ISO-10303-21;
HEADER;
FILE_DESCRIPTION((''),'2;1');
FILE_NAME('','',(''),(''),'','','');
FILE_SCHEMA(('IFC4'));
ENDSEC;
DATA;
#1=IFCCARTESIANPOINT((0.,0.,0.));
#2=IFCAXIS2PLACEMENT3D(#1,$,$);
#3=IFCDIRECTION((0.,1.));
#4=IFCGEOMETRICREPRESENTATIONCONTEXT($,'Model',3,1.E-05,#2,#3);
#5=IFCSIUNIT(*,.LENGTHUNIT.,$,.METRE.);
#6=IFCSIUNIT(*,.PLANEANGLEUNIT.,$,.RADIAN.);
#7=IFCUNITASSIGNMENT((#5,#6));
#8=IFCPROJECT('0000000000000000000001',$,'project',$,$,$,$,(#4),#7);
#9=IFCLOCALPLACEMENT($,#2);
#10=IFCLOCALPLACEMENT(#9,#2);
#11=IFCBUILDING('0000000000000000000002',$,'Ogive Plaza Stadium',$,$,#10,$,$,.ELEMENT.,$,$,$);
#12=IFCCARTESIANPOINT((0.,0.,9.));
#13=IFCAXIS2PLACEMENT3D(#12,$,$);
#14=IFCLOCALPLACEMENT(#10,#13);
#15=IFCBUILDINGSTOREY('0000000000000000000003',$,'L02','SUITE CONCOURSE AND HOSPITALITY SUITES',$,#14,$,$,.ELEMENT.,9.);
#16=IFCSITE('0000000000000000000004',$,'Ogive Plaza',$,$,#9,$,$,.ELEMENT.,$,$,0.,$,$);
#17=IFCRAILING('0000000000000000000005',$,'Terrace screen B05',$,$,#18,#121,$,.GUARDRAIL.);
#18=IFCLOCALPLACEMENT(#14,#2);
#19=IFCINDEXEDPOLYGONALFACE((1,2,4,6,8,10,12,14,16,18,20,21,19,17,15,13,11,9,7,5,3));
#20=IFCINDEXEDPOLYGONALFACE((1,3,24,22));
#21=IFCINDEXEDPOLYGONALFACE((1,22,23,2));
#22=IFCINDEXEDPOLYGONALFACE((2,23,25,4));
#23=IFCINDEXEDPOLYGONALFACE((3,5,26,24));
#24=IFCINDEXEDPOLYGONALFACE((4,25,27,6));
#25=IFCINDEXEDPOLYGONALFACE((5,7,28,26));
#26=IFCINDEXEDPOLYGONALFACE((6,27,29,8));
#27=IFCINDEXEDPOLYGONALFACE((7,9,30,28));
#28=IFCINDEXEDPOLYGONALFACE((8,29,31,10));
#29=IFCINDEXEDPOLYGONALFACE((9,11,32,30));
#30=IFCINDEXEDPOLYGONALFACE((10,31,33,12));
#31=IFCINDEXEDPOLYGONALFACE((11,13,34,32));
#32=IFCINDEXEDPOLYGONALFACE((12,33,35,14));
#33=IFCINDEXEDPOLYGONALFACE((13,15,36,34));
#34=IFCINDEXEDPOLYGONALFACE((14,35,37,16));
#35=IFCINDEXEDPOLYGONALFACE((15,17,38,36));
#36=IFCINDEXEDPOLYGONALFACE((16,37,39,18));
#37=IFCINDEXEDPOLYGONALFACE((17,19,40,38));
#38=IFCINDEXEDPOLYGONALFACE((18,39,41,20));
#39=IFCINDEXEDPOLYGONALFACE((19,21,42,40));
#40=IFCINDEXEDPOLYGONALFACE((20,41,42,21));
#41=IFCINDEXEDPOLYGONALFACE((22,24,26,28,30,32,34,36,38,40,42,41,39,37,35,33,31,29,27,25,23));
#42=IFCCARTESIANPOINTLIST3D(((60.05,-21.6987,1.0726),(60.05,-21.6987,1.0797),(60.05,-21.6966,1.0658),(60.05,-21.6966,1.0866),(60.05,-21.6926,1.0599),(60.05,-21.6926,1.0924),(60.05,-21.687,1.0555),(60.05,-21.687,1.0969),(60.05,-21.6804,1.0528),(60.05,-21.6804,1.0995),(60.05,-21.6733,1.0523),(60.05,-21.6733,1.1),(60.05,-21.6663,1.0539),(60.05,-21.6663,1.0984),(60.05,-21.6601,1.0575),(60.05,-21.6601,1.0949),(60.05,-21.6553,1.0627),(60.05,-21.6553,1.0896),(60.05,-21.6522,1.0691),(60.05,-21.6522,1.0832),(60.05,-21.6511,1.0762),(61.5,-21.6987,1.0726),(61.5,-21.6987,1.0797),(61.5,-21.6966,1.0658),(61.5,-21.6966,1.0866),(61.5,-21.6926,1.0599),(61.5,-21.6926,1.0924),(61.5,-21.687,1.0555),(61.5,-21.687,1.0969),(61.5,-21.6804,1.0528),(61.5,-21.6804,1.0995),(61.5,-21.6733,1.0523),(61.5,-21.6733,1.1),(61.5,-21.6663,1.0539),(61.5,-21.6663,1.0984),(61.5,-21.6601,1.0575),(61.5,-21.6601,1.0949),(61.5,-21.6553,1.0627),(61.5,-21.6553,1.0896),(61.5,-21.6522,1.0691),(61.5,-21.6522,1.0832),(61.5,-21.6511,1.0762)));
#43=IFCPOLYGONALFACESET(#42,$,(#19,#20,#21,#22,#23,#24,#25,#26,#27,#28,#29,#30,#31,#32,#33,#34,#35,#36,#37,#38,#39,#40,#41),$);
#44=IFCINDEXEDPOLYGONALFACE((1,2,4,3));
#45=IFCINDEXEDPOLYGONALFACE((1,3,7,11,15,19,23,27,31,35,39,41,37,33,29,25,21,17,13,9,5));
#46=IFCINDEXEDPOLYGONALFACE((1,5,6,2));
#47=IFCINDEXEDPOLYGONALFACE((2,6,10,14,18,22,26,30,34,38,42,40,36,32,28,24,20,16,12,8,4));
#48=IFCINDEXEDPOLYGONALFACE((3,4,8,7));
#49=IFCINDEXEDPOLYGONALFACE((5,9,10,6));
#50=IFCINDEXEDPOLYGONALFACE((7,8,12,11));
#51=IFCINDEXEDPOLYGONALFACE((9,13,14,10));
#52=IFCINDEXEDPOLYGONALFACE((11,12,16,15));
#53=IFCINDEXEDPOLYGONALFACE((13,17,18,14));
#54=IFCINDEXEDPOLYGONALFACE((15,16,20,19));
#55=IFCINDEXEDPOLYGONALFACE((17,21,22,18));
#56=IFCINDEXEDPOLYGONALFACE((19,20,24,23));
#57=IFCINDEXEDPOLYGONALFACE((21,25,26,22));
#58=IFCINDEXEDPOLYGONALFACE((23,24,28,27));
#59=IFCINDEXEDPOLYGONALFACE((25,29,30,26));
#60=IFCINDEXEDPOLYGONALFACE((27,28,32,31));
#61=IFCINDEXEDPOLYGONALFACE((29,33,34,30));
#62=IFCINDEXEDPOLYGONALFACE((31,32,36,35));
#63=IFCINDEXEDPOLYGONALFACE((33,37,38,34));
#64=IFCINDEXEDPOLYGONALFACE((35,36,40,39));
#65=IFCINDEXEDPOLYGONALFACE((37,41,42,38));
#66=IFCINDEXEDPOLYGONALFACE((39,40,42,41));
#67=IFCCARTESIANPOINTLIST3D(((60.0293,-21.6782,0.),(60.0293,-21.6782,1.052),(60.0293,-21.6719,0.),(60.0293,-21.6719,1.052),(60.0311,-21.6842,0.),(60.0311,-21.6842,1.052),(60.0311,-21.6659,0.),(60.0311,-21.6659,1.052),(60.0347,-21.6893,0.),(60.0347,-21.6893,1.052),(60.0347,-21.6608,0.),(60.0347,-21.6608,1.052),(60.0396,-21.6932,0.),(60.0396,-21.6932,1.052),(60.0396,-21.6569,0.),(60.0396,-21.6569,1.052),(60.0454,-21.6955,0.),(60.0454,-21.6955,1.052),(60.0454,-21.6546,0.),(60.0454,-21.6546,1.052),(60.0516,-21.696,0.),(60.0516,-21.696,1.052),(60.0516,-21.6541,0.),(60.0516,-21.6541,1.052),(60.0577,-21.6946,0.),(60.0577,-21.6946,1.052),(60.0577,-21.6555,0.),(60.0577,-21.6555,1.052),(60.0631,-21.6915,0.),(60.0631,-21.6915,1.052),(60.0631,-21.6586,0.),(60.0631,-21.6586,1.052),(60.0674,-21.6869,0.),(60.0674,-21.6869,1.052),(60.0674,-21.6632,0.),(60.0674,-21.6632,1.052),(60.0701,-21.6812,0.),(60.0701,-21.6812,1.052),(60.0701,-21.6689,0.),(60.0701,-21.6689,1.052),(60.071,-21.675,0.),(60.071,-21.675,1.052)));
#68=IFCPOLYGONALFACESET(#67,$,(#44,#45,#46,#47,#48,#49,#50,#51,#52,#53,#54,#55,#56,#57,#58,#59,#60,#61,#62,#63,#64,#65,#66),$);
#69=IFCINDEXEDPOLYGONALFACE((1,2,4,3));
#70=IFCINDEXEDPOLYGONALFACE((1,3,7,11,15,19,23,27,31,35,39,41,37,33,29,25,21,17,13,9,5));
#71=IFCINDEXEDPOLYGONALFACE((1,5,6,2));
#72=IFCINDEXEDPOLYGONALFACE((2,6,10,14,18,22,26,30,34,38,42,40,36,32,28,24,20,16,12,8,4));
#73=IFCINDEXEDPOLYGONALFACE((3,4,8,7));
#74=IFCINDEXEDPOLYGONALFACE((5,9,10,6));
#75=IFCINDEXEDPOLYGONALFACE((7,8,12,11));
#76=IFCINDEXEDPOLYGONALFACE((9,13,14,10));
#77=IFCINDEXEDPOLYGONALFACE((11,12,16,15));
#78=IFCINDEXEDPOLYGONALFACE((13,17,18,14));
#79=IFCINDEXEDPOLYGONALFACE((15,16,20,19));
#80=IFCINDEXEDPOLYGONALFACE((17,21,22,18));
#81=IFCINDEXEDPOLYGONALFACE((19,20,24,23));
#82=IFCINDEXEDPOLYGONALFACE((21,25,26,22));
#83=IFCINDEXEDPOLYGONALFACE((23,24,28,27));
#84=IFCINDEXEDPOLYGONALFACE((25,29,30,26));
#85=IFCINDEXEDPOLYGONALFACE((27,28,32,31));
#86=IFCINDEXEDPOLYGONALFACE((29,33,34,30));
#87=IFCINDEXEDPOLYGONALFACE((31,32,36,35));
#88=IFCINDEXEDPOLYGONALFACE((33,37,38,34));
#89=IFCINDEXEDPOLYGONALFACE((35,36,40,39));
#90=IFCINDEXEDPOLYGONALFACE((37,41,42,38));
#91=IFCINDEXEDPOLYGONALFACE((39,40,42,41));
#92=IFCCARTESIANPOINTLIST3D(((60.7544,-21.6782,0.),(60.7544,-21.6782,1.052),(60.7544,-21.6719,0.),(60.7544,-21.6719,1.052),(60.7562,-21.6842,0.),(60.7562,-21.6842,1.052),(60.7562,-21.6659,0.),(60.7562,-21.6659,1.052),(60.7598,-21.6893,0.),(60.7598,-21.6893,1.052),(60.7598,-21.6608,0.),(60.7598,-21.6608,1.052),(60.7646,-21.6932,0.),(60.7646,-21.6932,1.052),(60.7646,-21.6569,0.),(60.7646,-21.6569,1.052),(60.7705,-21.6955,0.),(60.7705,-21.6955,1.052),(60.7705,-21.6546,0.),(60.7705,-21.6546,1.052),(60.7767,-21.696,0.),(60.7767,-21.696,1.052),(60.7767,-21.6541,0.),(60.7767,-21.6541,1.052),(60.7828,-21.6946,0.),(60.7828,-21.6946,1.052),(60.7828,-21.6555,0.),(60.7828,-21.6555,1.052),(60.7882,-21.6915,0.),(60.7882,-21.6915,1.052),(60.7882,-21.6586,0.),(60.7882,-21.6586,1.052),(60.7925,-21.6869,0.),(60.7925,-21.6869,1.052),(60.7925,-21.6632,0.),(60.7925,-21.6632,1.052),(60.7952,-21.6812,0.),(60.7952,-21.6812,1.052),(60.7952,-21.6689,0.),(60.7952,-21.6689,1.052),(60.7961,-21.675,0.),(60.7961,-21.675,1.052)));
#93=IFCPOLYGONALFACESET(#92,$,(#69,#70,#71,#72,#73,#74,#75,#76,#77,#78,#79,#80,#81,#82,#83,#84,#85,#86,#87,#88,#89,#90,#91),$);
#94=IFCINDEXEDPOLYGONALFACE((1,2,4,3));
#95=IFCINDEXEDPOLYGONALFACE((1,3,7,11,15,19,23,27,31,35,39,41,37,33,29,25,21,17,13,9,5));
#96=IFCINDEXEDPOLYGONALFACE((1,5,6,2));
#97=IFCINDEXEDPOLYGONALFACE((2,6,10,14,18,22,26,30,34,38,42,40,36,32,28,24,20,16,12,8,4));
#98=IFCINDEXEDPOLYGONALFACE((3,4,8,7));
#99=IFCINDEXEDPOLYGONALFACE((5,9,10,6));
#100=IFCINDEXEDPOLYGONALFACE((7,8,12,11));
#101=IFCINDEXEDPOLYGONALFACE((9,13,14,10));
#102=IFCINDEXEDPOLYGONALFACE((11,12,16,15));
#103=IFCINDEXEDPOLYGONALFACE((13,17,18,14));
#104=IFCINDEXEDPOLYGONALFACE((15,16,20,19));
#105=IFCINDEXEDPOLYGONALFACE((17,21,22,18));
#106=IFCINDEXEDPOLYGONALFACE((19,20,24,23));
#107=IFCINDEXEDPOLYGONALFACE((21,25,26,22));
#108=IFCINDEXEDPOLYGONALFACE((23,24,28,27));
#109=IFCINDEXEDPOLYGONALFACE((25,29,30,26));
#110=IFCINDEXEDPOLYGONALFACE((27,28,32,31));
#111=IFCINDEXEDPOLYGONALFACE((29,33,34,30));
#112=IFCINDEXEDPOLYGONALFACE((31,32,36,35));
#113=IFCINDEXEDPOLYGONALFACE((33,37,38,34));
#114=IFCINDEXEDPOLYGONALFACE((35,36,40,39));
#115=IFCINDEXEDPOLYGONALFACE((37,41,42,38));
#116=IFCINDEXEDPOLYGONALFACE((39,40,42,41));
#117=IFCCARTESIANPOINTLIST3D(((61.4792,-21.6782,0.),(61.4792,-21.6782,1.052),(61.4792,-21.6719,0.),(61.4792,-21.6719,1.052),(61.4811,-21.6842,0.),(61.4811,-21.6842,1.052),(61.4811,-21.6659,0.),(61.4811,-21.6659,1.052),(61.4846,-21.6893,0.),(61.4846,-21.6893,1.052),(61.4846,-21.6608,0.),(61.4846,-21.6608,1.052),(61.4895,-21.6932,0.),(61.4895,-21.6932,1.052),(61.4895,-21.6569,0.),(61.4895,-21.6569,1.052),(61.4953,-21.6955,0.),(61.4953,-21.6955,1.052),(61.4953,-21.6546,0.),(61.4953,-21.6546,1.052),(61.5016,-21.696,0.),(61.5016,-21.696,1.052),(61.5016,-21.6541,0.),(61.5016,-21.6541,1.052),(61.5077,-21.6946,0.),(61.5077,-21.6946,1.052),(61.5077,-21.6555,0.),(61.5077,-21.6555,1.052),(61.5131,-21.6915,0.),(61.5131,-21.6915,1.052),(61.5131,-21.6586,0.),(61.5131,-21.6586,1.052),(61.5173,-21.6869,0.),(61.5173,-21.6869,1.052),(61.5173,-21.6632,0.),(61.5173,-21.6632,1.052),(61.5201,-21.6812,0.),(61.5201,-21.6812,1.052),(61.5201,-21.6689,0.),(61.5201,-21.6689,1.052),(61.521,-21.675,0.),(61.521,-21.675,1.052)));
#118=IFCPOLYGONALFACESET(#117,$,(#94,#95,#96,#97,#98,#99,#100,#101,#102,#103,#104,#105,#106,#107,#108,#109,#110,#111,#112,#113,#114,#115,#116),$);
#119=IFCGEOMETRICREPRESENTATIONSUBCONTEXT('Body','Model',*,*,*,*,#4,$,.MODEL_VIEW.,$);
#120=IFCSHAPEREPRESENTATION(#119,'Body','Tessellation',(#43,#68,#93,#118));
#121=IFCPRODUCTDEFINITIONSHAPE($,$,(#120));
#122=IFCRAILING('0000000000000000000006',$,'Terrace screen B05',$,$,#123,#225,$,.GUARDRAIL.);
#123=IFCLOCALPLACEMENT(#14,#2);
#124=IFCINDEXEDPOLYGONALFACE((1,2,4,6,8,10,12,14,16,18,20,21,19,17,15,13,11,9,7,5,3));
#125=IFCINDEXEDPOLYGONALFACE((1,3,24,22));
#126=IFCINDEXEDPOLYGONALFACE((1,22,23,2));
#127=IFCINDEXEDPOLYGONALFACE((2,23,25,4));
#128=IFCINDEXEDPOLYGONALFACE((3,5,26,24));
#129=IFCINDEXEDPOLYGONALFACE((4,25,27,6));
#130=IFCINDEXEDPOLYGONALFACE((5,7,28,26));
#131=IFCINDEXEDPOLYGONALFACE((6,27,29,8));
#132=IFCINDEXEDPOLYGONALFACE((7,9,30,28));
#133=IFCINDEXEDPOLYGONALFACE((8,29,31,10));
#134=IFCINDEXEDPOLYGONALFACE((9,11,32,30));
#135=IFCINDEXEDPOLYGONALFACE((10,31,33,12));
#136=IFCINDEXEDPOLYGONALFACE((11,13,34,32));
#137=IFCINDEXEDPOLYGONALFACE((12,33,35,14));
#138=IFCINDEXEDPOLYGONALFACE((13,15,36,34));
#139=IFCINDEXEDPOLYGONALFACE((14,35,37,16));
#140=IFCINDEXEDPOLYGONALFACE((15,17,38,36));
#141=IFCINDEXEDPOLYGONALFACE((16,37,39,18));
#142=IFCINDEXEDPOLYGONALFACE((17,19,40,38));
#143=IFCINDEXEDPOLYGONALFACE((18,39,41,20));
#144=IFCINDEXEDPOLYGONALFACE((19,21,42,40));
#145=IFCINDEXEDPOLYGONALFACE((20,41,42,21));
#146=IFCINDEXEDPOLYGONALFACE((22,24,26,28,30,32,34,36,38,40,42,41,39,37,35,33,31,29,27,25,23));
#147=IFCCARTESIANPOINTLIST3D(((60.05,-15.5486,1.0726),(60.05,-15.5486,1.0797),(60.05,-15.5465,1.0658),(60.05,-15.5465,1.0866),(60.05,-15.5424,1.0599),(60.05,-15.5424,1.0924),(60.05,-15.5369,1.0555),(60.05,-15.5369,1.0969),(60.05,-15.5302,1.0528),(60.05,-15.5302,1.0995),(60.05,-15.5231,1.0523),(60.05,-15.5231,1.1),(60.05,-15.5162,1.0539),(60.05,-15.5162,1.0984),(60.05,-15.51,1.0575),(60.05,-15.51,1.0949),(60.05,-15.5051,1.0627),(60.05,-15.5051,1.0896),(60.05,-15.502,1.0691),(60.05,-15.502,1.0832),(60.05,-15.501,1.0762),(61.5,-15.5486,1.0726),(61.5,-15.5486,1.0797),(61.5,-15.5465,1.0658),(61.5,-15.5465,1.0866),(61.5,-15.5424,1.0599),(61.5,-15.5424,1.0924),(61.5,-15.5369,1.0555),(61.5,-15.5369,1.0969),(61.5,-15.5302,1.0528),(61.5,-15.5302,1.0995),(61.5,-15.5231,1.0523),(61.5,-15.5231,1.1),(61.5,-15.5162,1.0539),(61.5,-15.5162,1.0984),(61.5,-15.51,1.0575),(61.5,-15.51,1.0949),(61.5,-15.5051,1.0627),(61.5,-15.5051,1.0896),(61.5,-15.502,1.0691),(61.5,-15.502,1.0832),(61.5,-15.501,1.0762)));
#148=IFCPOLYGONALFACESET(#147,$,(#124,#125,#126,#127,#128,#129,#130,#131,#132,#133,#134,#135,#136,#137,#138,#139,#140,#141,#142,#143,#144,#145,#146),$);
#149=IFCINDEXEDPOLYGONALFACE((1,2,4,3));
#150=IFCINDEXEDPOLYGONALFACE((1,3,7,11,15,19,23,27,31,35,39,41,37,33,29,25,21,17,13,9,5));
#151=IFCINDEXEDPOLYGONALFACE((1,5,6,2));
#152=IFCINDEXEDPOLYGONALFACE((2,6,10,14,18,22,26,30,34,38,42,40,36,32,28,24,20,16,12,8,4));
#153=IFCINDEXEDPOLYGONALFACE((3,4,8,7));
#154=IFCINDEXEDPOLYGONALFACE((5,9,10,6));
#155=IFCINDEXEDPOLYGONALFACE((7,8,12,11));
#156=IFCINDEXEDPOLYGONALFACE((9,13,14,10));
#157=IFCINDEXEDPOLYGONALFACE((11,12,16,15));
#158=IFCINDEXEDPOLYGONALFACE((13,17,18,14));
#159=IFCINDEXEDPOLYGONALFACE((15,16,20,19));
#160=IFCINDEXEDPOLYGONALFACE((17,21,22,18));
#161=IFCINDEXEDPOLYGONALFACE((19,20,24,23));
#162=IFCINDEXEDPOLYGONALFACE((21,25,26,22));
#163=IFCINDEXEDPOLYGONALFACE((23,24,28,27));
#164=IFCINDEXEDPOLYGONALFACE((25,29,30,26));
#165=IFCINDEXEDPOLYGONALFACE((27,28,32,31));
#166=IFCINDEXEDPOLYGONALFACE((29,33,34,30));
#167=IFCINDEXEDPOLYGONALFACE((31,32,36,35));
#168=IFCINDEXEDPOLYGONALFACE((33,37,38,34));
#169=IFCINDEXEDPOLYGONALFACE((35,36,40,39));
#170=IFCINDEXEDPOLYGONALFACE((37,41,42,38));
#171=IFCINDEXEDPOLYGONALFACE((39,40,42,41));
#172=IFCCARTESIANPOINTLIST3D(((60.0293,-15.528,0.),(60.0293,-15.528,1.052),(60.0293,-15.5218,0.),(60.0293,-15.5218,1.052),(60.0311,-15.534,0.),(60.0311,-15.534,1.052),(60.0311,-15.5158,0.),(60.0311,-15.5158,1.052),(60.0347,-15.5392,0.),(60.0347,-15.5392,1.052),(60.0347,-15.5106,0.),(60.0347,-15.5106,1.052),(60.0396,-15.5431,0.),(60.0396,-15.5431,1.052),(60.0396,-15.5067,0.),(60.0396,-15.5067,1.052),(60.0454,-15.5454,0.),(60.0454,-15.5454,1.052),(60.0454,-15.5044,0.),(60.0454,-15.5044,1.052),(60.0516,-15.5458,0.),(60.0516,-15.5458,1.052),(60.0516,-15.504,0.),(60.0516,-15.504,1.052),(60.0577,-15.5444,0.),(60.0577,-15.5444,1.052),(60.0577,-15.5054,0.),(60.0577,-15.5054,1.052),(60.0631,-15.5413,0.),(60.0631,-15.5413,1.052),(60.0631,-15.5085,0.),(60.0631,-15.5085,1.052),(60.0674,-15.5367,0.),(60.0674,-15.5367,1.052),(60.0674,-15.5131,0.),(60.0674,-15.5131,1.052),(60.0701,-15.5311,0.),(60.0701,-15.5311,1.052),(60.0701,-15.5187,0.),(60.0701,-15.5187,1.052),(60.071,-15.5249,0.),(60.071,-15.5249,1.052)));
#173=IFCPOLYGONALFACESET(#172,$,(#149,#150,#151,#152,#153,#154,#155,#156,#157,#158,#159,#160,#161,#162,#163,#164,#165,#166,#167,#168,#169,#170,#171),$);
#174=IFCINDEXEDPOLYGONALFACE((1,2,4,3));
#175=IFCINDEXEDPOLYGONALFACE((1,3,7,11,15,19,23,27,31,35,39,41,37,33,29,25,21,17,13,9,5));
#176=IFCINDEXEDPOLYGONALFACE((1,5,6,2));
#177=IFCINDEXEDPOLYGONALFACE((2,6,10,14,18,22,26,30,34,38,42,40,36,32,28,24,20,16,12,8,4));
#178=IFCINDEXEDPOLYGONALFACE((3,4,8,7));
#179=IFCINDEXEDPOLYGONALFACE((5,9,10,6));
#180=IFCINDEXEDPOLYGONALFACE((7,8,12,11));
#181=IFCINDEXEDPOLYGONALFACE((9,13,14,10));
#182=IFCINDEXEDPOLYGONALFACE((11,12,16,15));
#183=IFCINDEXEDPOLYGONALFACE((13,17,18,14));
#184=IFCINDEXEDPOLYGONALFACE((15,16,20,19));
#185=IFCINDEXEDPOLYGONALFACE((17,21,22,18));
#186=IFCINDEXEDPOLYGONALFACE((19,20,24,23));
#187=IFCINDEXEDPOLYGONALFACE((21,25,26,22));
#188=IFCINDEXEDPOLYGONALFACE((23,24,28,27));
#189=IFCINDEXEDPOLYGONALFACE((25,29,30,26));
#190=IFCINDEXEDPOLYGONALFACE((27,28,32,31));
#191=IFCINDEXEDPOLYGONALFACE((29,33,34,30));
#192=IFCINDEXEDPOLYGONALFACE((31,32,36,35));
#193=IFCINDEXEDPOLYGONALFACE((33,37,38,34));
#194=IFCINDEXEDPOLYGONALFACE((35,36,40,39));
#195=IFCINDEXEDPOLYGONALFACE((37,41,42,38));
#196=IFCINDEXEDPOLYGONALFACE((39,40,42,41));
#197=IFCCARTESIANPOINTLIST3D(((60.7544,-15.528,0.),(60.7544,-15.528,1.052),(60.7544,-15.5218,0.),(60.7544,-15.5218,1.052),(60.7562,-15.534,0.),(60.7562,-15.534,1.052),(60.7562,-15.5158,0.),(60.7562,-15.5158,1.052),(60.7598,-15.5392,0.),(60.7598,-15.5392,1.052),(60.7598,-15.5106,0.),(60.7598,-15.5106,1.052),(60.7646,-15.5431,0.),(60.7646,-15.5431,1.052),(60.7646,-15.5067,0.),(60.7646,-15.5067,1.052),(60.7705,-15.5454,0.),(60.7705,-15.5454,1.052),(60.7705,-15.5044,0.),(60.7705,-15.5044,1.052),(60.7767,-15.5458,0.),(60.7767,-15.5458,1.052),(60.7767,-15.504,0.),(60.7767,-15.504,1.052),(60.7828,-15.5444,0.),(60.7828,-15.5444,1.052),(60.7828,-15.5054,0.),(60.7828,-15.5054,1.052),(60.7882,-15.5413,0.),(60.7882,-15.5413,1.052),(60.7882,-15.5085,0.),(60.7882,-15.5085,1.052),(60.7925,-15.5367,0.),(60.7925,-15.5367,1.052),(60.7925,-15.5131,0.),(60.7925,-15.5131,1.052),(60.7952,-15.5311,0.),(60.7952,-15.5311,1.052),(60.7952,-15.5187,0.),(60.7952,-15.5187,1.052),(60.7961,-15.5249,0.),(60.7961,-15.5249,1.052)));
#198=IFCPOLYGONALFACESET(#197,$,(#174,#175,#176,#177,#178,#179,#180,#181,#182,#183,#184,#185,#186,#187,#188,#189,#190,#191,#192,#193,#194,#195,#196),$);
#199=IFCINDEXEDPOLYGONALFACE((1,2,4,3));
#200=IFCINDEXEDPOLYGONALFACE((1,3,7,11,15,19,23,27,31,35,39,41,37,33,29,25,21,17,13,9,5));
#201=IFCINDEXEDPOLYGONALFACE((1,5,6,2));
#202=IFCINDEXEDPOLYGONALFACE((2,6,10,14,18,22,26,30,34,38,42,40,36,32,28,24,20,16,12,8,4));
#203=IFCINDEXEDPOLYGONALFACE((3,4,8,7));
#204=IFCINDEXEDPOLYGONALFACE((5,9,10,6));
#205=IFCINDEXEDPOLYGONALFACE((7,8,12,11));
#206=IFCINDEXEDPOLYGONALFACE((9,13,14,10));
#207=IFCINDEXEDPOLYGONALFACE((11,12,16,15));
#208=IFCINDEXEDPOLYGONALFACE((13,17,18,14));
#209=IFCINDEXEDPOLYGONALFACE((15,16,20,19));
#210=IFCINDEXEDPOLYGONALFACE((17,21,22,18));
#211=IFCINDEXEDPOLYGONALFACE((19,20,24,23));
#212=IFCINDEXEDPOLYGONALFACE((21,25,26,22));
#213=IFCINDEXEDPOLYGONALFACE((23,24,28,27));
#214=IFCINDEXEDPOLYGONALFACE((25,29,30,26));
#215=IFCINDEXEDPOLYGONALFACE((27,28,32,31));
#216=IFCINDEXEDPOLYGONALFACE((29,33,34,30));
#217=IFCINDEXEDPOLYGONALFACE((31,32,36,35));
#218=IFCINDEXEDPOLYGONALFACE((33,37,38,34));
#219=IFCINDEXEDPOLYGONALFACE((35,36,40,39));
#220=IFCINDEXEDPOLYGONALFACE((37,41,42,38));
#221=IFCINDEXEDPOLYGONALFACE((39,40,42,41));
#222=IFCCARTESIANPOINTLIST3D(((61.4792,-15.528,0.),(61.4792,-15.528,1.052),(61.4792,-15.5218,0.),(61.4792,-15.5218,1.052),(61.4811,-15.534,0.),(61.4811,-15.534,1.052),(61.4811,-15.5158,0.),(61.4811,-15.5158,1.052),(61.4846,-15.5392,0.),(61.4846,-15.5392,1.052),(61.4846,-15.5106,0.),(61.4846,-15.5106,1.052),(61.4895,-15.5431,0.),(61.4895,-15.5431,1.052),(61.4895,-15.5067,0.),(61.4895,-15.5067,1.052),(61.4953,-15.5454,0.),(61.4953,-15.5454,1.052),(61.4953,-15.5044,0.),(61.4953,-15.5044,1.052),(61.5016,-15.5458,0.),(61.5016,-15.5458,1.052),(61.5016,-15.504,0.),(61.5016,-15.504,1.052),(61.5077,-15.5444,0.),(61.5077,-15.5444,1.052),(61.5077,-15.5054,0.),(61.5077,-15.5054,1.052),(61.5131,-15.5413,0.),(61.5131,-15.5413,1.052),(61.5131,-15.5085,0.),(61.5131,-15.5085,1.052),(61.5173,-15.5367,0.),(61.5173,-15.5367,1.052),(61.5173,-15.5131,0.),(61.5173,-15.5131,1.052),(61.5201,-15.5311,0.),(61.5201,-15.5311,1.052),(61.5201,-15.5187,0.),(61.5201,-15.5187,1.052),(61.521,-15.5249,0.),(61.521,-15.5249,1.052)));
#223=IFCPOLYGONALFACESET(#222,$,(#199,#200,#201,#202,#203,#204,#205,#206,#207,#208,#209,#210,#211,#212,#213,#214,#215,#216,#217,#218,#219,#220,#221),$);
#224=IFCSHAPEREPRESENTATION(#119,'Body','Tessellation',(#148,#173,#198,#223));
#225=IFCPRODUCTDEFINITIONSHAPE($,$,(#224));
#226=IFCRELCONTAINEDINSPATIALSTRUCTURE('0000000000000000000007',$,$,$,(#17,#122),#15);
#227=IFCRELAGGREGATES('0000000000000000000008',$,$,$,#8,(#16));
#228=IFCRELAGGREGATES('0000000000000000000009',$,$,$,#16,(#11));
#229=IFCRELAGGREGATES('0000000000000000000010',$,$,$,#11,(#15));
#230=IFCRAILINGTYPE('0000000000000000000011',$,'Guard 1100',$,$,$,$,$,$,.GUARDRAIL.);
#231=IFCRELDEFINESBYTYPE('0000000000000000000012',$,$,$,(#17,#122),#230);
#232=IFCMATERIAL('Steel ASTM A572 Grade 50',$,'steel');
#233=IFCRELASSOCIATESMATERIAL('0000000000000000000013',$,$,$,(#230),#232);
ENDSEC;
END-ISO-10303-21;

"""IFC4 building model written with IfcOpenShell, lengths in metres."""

from ifc_helpers import new_model, si_unit, direction, frame, origin, origin_2d, place, context, subcontext, project, spatial, circle, extrude, material, type_object, element, save


model = new_model("IFC4")

# Units and contexts
model_context = context("Model", 3, precision=1e-05, world=origin(), true_north=direction((0.0, 1.0)))
body_context = subcontext(model_context, "Body", "Model", "MODEL_VIEW")
ifc_project = project(units=[si_unit("LENGTHUNIT", "METRE"), si_unit("PLANEANGLEUNIT", "RADIAN")], contexts=[model_context])

# Site, building, storey
site_placement = place(None, origin())
site = spatial("IfcSite", under=ifc_project, at=site_placement, Name="Ogive Plaza", CompositionType="ELEMENT", RefElevation=0.0)
building_placement = place(site_placement, origin())
building = spatial("IfcBuilding", under=site, at=building_placement, Name="Ogive Plaza Stadium", CompositionType="ELEMENT")
storey_placement = place(building_placement, frame((0.0, 0.0, 9.0)))
storey = spatial("IfcBuildingStorey", under=building, at=storey_placement, Name="L02", Description="SUITE CONCOURSE AND HOSPITALITY SUITES", CompositionType="ELEMENT", Elevation=9.0)

# Railings
ifc_material_1 = material(Name="Steel ASTM A572 Grade 50", Category="steel")
railing_type = type_object("IfcRailingType", Name="Guard 1100", PredefinedType="GUARDRAIL", material=ifc_material_1)
for number, where, name in (
    (1, (60.05, -21.675, 0.0), "Terrace screen B05"),
    (2, (60.05, -15.5249, 0.0), "Terrace screen B05"),
):
    element("IfcRailing", number, at=place(storey_placement, frame(where)), inside=storey, type_object=railing_type, Name=name, PredefinedType="GUARDRAIL", context=body_context, shape_type="SweptSolid", body=[
        extrude(circle(Radius=0.0239, at=origin_2d()), frame((0.0, 0.0, 1.0762), z_axis=(1.0, 0.0, 0.0), x_axis=(0.0, 1.0, 0.0)), (0.0, 0.0, 1.0), 1.45),
        extrude(circle(Radius=0.021, at=origin_2d()), origin(), (0.0, 0.0, 1.0), 1.052),
        extrude(circle(Radius=0.021, at=origin_2d()), frame((0.7251, 0.0, 0.0)), (0.0, 0.0, 1.0), 1.052),
        extrude(circle(Radius=0.021, at=origin_2d()), frame((1.45, 0.0, 0.0)), (0.0, 0.0, 1.0), 1.052),
    ])

save(model, "model.ifc")
